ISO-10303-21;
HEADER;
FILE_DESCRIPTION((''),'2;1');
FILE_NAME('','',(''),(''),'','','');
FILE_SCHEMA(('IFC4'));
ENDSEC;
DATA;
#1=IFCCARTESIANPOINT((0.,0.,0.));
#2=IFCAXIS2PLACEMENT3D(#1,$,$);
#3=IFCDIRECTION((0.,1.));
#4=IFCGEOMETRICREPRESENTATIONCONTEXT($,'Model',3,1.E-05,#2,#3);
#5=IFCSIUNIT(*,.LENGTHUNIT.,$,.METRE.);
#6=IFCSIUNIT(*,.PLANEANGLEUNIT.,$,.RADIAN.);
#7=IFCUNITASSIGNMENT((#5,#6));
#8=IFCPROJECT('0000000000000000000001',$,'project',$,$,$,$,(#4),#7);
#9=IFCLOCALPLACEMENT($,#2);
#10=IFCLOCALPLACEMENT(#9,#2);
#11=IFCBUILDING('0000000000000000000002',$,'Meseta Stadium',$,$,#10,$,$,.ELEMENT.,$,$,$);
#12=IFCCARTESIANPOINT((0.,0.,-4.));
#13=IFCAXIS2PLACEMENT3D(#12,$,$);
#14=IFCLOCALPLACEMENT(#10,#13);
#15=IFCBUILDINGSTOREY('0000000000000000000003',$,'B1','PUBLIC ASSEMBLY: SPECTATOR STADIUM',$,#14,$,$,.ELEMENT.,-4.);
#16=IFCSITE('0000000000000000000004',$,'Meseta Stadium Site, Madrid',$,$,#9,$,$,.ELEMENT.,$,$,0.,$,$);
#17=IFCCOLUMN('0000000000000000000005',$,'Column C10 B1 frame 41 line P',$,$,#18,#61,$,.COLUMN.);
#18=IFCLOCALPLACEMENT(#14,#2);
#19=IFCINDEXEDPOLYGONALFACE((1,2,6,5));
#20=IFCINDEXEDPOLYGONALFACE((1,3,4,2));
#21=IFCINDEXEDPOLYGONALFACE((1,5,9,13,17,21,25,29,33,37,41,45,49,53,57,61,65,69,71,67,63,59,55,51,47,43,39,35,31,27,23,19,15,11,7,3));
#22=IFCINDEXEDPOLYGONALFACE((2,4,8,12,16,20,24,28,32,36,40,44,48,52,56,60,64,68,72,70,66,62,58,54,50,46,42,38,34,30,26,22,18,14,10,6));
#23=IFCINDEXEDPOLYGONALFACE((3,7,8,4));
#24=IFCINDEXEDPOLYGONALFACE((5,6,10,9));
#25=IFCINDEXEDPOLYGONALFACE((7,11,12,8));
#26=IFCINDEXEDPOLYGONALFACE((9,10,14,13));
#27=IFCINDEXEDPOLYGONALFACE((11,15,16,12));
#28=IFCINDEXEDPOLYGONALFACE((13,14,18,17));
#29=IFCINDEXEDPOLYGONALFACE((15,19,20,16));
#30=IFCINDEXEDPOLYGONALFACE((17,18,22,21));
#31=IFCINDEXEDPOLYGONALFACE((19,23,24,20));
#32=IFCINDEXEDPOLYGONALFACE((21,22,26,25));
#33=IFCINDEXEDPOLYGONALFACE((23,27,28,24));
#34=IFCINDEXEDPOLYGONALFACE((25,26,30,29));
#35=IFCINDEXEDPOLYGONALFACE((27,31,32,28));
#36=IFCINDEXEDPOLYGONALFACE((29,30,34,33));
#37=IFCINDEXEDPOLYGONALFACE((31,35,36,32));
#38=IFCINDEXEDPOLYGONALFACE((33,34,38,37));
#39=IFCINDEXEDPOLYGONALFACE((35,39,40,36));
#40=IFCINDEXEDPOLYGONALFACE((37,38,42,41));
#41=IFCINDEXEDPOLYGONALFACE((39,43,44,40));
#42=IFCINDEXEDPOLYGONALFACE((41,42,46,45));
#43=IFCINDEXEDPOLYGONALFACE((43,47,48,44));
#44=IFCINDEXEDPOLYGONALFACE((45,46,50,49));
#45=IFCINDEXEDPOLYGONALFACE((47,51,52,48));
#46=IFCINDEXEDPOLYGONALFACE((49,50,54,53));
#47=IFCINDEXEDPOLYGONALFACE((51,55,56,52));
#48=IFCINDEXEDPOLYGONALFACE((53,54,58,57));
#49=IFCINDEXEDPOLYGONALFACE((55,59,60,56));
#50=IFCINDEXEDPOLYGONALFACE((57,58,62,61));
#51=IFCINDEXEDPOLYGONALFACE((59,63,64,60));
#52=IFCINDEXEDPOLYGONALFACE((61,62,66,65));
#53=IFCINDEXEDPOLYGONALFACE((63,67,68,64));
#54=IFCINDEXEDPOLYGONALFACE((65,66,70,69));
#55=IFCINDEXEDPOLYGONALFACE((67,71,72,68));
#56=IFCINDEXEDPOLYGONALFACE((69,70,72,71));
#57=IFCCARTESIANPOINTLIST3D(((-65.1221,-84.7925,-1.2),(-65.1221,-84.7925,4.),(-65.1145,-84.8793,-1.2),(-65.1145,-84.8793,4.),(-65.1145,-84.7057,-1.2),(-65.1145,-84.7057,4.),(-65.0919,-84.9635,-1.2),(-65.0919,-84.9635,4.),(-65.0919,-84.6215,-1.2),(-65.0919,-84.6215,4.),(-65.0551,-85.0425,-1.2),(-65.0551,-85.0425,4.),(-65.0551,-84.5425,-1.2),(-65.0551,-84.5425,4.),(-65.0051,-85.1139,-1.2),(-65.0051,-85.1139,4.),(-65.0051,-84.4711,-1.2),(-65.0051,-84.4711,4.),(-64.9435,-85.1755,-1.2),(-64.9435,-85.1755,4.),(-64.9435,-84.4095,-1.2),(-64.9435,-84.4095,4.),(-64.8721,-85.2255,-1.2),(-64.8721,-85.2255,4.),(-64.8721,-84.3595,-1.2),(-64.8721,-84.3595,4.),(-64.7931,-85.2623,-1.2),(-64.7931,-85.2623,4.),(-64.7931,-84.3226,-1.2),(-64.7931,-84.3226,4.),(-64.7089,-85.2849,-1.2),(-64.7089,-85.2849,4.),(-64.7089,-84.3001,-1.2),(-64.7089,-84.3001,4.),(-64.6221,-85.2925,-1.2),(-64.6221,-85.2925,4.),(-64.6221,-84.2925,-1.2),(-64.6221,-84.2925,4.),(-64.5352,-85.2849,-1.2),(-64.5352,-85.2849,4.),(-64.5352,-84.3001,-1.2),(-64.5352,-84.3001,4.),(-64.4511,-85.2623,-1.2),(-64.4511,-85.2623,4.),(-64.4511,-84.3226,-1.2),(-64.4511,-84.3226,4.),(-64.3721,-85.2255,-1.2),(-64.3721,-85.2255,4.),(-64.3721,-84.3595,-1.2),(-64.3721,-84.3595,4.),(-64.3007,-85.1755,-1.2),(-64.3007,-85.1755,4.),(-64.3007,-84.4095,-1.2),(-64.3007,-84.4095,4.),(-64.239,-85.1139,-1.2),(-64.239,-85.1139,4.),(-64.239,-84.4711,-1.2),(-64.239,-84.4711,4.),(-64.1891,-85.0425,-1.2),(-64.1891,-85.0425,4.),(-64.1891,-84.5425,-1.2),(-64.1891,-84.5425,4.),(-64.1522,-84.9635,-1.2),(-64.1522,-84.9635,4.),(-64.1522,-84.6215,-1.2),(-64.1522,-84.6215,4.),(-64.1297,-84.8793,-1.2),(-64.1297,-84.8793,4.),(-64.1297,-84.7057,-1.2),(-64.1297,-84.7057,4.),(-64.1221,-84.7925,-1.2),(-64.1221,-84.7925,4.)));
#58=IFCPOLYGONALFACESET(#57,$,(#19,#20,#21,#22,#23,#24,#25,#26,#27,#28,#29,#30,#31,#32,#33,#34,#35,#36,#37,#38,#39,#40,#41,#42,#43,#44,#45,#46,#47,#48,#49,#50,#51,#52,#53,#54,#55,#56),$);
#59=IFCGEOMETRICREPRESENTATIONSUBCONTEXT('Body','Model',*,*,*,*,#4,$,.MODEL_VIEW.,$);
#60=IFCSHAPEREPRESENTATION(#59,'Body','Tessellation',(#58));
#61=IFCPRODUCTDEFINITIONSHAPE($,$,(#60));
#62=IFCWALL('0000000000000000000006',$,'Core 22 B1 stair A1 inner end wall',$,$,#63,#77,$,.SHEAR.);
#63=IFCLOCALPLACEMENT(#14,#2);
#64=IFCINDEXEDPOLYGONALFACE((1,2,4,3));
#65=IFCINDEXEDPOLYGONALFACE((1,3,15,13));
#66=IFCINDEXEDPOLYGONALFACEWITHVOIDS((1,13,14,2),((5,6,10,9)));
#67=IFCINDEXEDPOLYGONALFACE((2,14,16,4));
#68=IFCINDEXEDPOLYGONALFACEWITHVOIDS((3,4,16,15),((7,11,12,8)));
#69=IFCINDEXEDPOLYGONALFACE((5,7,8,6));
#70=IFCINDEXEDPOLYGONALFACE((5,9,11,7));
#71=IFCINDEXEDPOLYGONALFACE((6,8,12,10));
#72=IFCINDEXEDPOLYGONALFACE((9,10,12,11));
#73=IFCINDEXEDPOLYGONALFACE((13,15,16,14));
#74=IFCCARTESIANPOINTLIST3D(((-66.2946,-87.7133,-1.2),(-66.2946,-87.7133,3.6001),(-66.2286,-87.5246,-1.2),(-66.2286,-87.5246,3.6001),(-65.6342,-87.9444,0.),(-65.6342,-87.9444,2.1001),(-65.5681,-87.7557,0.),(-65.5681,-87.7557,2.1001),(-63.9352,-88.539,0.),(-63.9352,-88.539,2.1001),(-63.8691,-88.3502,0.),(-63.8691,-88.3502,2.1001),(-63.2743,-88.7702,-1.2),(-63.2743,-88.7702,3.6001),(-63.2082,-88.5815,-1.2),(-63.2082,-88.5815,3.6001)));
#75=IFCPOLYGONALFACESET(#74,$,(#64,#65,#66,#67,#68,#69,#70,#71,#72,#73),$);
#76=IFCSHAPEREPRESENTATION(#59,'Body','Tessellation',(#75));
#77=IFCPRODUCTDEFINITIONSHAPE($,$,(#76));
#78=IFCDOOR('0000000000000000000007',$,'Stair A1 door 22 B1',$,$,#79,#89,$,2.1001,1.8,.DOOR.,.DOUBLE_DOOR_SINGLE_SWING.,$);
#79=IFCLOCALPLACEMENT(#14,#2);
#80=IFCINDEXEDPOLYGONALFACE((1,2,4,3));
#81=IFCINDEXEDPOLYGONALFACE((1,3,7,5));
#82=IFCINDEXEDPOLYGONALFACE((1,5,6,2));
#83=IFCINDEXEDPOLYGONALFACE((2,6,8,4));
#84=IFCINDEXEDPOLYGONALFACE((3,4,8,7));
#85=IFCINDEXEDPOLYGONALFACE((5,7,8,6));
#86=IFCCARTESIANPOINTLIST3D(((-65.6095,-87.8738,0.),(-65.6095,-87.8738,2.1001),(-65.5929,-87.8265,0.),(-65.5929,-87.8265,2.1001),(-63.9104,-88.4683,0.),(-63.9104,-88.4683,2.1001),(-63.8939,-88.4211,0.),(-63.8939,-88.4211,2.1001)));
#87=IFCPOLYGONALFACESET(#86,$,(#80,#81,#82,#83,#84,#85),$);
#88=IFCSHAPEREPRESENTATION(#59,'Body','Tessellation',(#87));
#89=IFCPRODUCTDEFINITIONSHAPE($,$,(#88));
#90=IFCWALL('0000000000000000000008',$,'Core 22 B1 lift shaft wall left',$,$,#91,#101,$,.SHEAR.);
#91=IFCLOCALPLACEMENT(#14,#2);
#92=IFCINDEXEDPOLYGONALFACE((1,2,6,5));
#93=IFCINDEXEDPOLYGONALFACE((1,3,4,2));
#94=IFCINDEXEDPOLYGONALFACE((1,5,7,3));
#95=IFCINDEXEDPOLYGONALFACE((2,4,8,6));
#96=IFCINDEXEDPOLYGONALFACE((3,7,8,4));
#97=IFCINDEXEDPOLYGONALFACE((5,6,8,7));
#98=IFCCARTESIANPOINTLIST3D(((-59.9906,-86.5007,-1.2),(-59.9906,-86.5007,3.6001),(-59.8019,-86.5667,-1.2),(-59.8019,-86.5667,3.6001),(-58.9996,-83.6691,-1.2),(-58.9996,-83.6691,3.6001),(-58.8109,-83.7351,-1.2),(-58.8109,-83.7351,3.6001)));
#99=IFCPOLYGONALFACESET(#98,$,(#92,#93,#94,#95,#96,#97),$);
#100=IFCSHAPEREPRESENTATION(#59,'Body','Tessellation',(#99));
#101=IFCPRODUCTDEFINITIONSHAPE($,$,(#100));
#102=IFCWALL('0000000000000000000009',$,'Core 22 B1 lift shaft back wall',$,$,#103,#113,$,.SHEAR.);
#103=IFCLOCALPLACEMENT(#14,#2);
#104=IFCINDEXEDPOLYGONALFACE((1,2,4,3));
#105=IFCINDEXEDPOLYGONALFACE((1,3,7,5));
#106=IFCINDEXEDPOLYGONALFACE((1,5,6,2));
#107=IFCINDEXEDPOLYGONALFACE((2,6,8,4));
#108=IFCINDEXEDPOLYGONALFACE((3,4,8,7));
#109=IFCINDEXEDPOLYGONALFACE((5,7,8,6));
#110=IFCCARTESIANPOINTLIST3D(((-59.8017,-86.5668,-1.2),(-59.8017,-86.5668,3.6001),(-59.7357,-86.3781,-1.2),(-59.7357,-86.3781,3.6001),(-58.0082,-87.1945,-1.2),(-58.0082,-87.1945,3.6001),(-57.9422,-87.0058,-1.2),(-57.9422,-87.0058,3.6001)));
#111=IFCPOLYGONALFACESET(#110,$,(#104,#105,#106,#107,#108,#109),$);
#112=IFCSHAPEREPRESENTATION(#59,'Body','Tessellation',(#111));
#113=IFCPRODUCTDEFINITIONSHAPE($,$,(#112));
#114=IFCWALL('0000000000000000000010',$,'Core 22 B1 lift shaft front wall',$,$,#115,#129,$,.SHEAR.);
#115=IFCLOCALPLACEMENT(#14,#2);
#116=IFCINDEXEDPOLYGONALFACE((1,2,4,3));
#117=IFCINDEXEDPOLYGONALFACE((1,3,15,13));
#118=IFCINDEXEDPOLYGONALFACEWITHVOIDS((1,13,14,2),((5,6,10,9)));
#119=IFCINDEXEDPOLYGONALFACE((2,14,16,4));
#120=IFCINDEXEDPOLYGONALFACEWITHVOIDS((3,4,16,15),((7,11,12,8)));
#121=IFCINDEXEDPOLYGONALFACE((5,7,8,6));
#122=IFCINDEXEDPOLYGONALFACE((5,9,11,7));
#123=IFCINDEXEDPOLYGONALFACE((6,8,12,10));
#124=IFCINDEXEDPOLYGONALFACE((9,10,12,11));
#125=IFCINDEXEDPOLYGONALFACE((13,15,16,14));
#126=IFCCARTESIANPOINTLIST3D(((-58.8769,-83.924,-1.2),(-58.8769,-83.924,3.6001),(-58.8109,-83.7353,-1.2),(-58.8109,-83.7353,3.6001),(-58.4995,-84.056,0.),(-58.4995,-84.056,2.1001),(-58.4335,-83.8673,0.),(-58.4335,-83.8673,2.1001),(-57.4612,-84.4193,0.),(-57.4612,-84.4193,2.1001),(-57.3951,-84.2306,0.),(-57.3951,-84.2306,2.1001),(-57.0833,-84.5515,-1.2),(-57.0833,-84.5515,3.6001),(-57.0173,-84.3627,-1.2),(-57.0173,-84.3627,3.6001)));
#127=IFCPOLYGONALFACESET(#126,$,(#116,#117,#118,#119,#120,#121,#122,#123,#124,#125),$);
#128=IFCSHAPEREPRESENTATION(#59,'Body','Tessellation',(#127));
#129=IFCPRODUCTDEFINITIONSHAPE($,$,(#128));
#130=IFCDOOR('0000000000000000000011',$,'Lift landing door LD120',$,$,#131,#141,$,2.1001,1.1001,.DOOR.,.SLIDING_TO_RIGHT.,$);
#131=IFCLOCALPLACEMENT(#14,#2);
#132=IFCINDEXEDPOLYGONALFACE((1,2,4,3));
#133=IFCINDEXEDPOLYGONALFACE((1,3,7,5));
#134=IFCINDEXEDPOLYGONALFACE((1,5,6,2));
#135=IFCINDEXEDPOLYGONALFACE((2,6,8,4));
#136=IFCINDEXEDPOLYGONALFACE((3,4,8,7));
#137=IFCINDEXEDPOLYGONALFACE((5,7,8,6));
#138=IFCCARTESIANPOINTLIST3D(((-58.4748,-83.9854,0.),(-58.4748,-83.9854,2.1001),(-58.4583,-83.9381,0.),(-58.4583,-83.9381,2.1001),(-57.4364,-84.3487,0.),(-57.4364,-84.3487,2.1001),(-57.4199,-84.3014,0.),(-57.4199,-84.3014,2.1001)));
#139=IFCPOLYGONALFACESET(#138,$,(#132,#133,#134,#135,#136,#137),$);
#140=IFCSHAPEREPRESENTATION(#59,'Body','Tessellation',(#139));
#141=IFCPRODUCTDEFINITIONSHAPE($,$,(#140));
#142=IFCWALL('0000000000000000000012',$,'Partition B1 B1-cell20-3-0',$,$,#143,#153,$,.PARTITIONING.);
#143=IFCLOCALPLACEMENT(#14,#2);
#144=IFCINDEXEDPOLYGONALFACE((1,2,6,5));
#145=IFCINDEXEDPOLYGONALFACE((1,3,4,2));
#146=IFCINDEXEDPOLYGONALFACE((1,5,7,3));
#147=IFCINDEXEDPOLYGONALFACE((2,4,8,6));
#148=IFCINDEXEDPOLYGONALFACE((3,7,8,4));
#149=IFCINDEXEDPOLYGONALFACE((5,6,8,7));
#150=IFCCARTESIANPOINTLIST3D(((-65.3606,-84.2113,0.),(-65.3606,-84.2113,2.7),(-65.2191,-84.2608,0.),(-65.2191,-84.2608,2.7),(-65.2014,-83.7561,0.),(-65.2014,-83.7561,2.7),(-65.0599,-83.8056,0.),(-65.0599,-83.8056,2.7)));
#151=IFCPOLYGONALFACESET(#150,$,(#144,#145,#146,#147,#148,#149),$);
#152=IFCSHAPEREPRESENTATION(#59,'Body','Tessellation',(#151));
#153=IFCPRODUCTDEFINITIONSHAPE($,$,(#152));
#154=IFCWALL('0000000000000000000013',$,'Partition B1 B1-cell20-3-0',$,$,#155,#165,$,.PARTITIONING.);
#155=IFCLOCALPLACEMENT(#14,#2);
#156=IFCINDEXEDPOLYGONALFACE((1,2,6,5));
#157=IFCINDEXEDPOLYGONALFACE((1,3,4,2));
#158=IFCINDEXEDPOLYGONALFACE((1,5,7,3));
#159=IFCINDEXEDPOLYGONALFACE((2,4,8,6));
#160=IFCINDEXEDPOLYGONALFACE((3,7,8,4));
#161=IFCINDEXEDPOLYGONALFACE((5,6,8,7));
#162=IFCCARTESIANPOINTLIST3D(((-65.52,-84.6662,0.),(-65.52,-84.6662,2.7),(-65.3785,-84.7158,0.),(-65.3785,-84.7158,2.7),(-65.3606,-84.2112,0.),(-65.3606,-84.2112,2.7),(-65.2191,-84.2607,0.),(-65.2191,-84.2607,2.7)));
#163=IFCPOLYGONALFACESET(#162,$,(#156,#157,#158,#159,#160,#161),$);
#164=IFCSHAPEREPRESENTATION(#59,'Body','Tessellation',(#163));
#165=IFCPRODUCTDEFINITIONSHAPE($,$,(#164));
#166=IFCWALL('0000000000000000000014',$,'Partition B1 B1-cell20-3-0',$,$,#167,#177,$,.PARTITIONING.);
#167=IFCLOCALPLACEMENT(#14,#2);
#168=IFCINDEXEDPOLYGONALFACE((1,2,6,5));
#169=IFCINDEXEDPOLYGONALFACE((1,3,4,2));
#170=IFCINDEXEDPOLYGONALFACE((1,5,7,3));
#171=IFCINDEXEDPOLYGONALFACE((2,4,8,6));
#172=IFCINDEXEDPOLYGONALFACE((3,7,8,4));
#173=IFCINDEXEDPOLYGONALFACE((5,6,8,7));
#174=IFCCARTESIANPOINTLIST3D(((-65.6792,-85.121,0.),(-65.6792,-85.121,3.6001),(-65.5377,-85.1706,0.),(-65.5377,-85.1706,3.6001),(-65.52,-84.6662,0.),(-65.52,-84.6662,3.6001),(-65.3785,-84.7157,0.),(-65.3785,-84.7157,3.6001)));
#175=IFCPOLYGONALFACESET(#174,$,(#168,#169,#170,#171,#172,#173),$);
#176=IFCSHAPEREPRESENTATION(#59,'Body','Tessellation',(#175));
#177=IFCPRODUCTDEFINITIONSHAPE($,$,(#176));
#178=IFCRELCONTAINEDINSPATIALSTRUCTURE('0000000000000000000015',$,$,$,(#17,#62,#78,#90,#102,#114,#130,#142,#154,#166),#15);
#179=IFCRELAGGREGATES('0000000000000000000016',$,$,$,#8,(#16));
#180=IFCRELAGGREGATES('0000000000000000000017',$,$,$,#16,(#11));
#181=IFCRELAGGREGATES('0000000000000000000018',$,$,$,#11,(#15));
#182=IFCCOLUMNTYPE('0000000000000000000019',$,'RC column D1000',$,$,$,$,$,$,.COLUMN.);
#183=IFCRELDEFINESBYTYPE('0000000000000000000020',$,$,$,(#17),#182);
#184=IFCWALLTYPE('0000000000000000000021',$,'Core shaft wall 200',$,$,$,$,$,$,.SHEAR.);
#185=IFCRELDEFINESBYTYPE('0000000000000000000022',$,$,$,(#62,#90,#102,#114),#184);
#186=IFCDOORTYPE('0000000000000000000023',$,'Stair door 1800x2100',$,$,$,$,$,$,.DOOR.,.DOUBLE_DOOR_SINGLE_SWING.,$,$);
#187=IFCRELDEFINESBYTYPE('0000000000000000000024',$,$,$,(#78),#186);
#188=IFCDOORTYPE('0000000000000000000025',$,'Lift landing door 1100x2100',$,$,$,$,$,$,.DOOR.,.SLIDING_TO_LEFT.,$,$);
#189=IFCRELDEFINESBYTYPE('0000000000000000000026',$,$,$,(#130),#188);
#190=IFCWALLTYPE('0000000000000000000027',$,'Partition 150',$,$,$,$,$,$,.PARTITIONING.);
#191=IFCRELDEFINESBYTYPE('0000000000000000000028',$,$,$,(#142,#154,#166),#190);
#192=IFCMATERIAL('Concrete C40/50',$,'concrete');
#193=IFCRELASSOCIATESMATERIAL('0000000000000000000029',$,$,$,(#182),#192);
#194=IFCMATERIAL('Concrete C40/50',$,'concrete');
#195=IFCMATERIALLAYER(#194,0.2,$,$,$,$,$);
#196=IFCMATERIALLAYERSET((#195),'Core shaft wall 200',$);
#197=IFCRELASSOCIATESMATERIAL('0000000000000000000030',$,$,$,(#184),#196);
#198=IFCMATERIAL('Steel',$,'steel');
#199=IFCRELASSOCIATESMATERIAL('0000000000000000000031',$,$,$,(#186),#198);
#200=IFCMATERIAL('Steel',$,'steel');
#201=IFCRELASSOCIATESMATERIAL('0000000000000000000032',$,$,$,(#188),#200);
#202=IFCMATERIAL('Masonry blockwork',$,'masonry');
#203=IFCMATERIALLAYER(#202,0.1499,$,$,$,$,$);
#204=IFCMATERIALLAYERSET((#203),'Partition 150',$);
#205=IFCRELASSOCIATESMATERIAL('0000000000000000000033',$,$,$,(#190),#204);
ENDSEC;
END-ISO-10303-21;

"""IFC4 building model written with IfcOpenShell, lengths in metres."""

from ifc_helpers import new_model, si_unit, direction, frame, frame_2d, origin, origin_2d, place, context, subcontext, project, spatial, rectangle, circle, extrude, material, layer, layer_set, material_profile, profile_set, type_object, element, fill, save


model = new_model("IFC4")

# Units and contexts
model_context = context("Model", 3, precision=1e-05, world=origin(), true_north=direction((0.0, 1.0)))
body_context = subcontext(model_context, "Body", "Model", "MODEL_VIEW")
ifc_project = project(units=[si_unit("LENGTHUNIT", "METRE"), si_unit("PLANEANGLEUNIT", "RADIAN")], contexts=[model_context])

# Site, building, storey
site_placement = place(None, origin())
site = spatial("IfcSite", under=ifc_project, at=site_placement, Name="Meseta Stadium Site, Madrid", CompositionType="ELEMENT", RefElevation=0.0)
building_placement = place(site_placement, origin())
building = spatial("IfcBuilding", under=site, at=building_placement, Name="Meseta Stadium", CompositionType="ELEMENT")
storey_placement = place(building_placement, frame((0.0, 0.0, -4.0)))
storey = spatial("IfcBuildingStorey", under=building, at=storey_placement, Name="B1", Description="PUBLIC ASSEMBLY: SPECTATOR STADIUM", CompositionType="ELEMENT", Elevation=-4.0)

# Column
ifc_material_1 = material(Name="Concrete C40/50", Category="concrete")
ifc_material_profile = material_profile(ifc_material_1, circle(Radius=0.5, at=origin_2d()), Name="RC D1000")
ifc_profile_set = profile_set([ifc_material_profile], Name="Concrete C40/50")
column_type = type_object("IfcColumnType", Name="RC column D1000", PredefinedType="COLUMN", material=ifc_profile_set)
column_placement = place(storey_placement, frame((-64.6221, -84.7925, -1.2), z_axis=(0.0, 0.0, 1.0), x_axis=(1.0, 0.0, 0.0)))
element("IfcColumn", 1, at=column_placement, inside=storey, type_object=column_type, Name="Column C10 B1 frame 41 line P", PredefinedType="COLUMN", context=body_context, shape_type="SweptSolid", body=[
    extrude(circle(Radius=0.5, at=origin_2d()), origin(), (0.0, 0.0, 1.0), 5.2),
])

# Wall, opening, door
ifc_material_2 = material(Name="Concrete C40/50", Category="concrete")
ifc_layer_1 = layer(ifc_material_2, 0.2)
ifc_layer_set_1 = layer_set([ifc_layer_1], Name="Core shaft wall 200")
wall_type_1 = type_object("IfcWallType", Name="Core shaft wall 200", PredefinedType="SHEAR", material=ifc_layer_set_1)
wall_1_placement = place(storey_placement, frame((-66.2617, -87.6189, -1.2), z_axis=(0.0, 0.0, 1.0), x_axis=(0.943879, -0.330293, 0.0)))
wall_1 = element("IfcWall", 2, at=wall_1_placement, inside=storey, type_object=wall_type_1, Name="Core 22 B1 stair A1 inner end wall", PredefinedType="SHEAR", context=body_context, shape_type="SweptSolid", body=[
    extrude(rectangle(XDim=3.2, YDim=0.2, at=frame_2d((1.6001, 0.0))), origin(), (0.0, 0.0, 1.0), 4.8),
])
opening_1_placement = place(wall_1_placement, frame((0.7, 0.0, 1.2)))
opening_1 = element("IfcOpeningElement", 3, at=opening_1_placement, cuts=wall_1, PredefinedType="OPENING", context=body_context, shape_type="SweptSolid", body=[
    extrude(rectangle(XDim=1.8, YDim=2.1001, at=frame_2d((0.8999, 1.05))), frame((0.0, 0.1099, 0.0), z_axis=(0.0, -1.0, 0.0), x_axis=(1.0, 0.0, 0.0)), (0.0, 0.0, 1.0), 0.22),
])
ifc_material_3 = material(Name="Steel", Category="steel")
door_type_1 = type_object("IfcDoorType", Name="Stair door 1800x2100", OperationType="DOUBLE_DOOR_SINGLE_SWING", PredefinedType="DOOR", material=ifc_material_3)
door_1_placement = place(opening_1_placement, origin())
door_1 = element("IfcDoor", 4, at=door_1_placement, inside=storey, type_object=door_type_1, Name="Stair A1 door 22 B1", OperationType="DOUBLE_DOOR_SINGLE_SWING", OverallHeight=2.1001, OverallWidth=1.8, PredefinedType="DOOR", context=body_context, shape_type="SweptSolid", body=[
    extrude(rectangle(XDim=1.8, YDim=2.1001, at=frame_2d((0.8999, 1.05))), frame((0.0, 0.0249, 0.0), z_axis=(0.0, -1.0, 0.0), x_axis=(1.0, 0.0, 0.0)), (0.0, 0.0, 1.0), 0.05),
])
fill(opening_1, door_1)

# Walls
wall_2_placement = place(storey_placement, frame((-59.8962, -86.5337, -1.2), z_axis=(0.0, 0.0, 1.0), x_axis=(0.330329, 0.943866, 0.0)))
element("IfcWall", 5, at=wall_2_placement, inside=storey, type_object=wall_type_1, Name="Core 22 B1 lift shaft wall left", PredefinedType="SHEAR", context=body_context, shape_type="SweptSolid", body=[
    extrude(rectangle(XDim=3.0, YDim=0.2, at=frame_2d((1.5, 0.0))), origin(), (0.0, 0.0, 1.0), 4.8),
])
wall_3_placement = place(storey_placement, frame((-59.7688, -86.4724, -1.2), z_axis=(0.0, 0.0, 1.0), x_axis=(0.943862, -0.330339, 0.0)))
element("IfcWall", 6, at=wall_3_placement, inside=storey, type_object=wall_type_1, Name="Core 22 B1 lift shaft back wall", PredefinedType="SHEAR", context=body_context, shape_type="SweptSolid", body=[
    extrude(rectangle(XDim=1.9001, YDim=0.2, at=frame_2d((0.9502, 0.0))), origin(), (0.0, 0.0, 1.0), 4.8),
])

# Wall, opening, door
wall_4_placement = place(storey_placement, frame((-58.844, -83.8296, -1.2), z_axis=(0.0, 0.0, 1.0), x_axis=(0.943902, -0.330225, 0.0)))
wall_4 = element("IfcWall", 7, at=wall_4_placement, inside=storey, type_object=wall_type_1, Name="Core 22 B1 lift shaft front wall", PredefinedType="SHEAR", context=body_context, shape_type="SweptSolid", body=[
    extrude(rectangle(XDim=1.9001, YDim=0.2, at=frame_2d((0.9502, 0.0))), origin(), (0.0, 0.0, 1.0), 4.8),
])
opening_2_placement = place(wall_4_placement, frame((0.3999, 0.0, 1.2)))
opening_2 = element("IfcOpeningElement", 8, at=opening_2_placement, cuts=wall_4, PredefinedType="OPENING", context=body_context, shape_type="SweptSolid", body=[
    extrude(rectangle(XDim=1.1001, YDim=2.1001, at=frame_2d((0.55, 1.05))), frame((0.0, 0.1099, 0.0), z_axis=(0.0, -1.0, 0.0), x_axis=(1.0, 0.0, 0.0)), (0.0, 0.0, 1.0), 0.22),
])
ifc_material_4 = material(Name="Steel", Category="steel")
door_type_2 = type_object("IfcDoorType", Name="Lift landing door 1100x2100", OperationType="SLIDING_TO_LEFT", PredefinedType="DOOR", material=ifc_material_4)
door_2_placement = place(opening_2_placement, origin())
door_2 = element("IfcDoor", 9, at=door_2_placement, inside=storey, type_object=door_type_2, Name="Lift landing door LD120", OperationType="SLIDING_TO_RIGHT", OverallHeight=2.1001, OverallWidth=1.1001, PredefinedType="DOOR", context=body_context, shape_type="SweptSolid", body=[
    extrude(rectangle(XDim=1.1001, YDim=2.1001, at=frame_2d((0.55, 1.05))), frame((0.0, 0.0249, 0.0), z_axis=(0.0, -1.0, 0.0), x_axis=(1.0, 0.0, 0.0)), (0.0, 0.0, 1.0), 0.05),
])
fill(opening_2, door_2)

# Walls
ifc_material_5 = material(Name="Masonry blockwork", Category="masonry")
ifc_layer_2 = layer(ifc_material_5, 0.1499)
ifc_layer_set_2 = layer_set([ifc_layer_2], Name="Partition 150")
wall_type_2 = type_object("IfcWallType", Name="Partition 150", PredefinedType="PARTITIONING", material=ifc_layer_set_2)
for number, where, z_axis, x_axis, name in (
    (10, (-65.1306, -83.7808, 0.0), (0.0, 0.0, 1.0), (-0.33017, -0.943921, 0.0), "Partition B1 B1-cell20-3-0"),
    (11, (-65.2898, -84.2358, 0.0), (0.0, 0.0, 1.0), (-0.330621, -0.943764, 0.0), "Partition B1 B1-cell20-3-0"),
):
    element("IfcWall", number, at=place(storey_placement, frame(where, z_axis=z_axis, x_axis=x_axis)), inside=storey, type_object=wall_type_2, Name=name, PredefinedType="PARTITIONING", context=body_context, shape_type="SweptSolid", body=[
        extrude(rectangle(XDim=0.4822, YDim=0.1499, at=frame_2d((0.2412, 0.0))), origin(), (0.0, 0.0, 1.0), 2.7),
    ])
wall_5_placement = place(storey_placement, frame((-65.4492, -84.6909, 0.0), z_axis=(0.0, 0.0, 1.0), x_axis=(-0.330328, -0.943866, 0.0)))
element("IfcWall", 12, at=wall_5_placement, inside=storey, type_object=wall_type_2, Name="Partition B1 B1-cell20-3-0", PredefinedType="PARTITIONING", context=body_context, shape_type="SweptSolid", body=[
    extrude(rectangle(XDim=0.4819, YDim=0.1499, at=frame_2d((0.241, 0.0))), origin(), (0.0, 0.0, 1.0), 3.6001),
])

save(model, "model.ifc")
